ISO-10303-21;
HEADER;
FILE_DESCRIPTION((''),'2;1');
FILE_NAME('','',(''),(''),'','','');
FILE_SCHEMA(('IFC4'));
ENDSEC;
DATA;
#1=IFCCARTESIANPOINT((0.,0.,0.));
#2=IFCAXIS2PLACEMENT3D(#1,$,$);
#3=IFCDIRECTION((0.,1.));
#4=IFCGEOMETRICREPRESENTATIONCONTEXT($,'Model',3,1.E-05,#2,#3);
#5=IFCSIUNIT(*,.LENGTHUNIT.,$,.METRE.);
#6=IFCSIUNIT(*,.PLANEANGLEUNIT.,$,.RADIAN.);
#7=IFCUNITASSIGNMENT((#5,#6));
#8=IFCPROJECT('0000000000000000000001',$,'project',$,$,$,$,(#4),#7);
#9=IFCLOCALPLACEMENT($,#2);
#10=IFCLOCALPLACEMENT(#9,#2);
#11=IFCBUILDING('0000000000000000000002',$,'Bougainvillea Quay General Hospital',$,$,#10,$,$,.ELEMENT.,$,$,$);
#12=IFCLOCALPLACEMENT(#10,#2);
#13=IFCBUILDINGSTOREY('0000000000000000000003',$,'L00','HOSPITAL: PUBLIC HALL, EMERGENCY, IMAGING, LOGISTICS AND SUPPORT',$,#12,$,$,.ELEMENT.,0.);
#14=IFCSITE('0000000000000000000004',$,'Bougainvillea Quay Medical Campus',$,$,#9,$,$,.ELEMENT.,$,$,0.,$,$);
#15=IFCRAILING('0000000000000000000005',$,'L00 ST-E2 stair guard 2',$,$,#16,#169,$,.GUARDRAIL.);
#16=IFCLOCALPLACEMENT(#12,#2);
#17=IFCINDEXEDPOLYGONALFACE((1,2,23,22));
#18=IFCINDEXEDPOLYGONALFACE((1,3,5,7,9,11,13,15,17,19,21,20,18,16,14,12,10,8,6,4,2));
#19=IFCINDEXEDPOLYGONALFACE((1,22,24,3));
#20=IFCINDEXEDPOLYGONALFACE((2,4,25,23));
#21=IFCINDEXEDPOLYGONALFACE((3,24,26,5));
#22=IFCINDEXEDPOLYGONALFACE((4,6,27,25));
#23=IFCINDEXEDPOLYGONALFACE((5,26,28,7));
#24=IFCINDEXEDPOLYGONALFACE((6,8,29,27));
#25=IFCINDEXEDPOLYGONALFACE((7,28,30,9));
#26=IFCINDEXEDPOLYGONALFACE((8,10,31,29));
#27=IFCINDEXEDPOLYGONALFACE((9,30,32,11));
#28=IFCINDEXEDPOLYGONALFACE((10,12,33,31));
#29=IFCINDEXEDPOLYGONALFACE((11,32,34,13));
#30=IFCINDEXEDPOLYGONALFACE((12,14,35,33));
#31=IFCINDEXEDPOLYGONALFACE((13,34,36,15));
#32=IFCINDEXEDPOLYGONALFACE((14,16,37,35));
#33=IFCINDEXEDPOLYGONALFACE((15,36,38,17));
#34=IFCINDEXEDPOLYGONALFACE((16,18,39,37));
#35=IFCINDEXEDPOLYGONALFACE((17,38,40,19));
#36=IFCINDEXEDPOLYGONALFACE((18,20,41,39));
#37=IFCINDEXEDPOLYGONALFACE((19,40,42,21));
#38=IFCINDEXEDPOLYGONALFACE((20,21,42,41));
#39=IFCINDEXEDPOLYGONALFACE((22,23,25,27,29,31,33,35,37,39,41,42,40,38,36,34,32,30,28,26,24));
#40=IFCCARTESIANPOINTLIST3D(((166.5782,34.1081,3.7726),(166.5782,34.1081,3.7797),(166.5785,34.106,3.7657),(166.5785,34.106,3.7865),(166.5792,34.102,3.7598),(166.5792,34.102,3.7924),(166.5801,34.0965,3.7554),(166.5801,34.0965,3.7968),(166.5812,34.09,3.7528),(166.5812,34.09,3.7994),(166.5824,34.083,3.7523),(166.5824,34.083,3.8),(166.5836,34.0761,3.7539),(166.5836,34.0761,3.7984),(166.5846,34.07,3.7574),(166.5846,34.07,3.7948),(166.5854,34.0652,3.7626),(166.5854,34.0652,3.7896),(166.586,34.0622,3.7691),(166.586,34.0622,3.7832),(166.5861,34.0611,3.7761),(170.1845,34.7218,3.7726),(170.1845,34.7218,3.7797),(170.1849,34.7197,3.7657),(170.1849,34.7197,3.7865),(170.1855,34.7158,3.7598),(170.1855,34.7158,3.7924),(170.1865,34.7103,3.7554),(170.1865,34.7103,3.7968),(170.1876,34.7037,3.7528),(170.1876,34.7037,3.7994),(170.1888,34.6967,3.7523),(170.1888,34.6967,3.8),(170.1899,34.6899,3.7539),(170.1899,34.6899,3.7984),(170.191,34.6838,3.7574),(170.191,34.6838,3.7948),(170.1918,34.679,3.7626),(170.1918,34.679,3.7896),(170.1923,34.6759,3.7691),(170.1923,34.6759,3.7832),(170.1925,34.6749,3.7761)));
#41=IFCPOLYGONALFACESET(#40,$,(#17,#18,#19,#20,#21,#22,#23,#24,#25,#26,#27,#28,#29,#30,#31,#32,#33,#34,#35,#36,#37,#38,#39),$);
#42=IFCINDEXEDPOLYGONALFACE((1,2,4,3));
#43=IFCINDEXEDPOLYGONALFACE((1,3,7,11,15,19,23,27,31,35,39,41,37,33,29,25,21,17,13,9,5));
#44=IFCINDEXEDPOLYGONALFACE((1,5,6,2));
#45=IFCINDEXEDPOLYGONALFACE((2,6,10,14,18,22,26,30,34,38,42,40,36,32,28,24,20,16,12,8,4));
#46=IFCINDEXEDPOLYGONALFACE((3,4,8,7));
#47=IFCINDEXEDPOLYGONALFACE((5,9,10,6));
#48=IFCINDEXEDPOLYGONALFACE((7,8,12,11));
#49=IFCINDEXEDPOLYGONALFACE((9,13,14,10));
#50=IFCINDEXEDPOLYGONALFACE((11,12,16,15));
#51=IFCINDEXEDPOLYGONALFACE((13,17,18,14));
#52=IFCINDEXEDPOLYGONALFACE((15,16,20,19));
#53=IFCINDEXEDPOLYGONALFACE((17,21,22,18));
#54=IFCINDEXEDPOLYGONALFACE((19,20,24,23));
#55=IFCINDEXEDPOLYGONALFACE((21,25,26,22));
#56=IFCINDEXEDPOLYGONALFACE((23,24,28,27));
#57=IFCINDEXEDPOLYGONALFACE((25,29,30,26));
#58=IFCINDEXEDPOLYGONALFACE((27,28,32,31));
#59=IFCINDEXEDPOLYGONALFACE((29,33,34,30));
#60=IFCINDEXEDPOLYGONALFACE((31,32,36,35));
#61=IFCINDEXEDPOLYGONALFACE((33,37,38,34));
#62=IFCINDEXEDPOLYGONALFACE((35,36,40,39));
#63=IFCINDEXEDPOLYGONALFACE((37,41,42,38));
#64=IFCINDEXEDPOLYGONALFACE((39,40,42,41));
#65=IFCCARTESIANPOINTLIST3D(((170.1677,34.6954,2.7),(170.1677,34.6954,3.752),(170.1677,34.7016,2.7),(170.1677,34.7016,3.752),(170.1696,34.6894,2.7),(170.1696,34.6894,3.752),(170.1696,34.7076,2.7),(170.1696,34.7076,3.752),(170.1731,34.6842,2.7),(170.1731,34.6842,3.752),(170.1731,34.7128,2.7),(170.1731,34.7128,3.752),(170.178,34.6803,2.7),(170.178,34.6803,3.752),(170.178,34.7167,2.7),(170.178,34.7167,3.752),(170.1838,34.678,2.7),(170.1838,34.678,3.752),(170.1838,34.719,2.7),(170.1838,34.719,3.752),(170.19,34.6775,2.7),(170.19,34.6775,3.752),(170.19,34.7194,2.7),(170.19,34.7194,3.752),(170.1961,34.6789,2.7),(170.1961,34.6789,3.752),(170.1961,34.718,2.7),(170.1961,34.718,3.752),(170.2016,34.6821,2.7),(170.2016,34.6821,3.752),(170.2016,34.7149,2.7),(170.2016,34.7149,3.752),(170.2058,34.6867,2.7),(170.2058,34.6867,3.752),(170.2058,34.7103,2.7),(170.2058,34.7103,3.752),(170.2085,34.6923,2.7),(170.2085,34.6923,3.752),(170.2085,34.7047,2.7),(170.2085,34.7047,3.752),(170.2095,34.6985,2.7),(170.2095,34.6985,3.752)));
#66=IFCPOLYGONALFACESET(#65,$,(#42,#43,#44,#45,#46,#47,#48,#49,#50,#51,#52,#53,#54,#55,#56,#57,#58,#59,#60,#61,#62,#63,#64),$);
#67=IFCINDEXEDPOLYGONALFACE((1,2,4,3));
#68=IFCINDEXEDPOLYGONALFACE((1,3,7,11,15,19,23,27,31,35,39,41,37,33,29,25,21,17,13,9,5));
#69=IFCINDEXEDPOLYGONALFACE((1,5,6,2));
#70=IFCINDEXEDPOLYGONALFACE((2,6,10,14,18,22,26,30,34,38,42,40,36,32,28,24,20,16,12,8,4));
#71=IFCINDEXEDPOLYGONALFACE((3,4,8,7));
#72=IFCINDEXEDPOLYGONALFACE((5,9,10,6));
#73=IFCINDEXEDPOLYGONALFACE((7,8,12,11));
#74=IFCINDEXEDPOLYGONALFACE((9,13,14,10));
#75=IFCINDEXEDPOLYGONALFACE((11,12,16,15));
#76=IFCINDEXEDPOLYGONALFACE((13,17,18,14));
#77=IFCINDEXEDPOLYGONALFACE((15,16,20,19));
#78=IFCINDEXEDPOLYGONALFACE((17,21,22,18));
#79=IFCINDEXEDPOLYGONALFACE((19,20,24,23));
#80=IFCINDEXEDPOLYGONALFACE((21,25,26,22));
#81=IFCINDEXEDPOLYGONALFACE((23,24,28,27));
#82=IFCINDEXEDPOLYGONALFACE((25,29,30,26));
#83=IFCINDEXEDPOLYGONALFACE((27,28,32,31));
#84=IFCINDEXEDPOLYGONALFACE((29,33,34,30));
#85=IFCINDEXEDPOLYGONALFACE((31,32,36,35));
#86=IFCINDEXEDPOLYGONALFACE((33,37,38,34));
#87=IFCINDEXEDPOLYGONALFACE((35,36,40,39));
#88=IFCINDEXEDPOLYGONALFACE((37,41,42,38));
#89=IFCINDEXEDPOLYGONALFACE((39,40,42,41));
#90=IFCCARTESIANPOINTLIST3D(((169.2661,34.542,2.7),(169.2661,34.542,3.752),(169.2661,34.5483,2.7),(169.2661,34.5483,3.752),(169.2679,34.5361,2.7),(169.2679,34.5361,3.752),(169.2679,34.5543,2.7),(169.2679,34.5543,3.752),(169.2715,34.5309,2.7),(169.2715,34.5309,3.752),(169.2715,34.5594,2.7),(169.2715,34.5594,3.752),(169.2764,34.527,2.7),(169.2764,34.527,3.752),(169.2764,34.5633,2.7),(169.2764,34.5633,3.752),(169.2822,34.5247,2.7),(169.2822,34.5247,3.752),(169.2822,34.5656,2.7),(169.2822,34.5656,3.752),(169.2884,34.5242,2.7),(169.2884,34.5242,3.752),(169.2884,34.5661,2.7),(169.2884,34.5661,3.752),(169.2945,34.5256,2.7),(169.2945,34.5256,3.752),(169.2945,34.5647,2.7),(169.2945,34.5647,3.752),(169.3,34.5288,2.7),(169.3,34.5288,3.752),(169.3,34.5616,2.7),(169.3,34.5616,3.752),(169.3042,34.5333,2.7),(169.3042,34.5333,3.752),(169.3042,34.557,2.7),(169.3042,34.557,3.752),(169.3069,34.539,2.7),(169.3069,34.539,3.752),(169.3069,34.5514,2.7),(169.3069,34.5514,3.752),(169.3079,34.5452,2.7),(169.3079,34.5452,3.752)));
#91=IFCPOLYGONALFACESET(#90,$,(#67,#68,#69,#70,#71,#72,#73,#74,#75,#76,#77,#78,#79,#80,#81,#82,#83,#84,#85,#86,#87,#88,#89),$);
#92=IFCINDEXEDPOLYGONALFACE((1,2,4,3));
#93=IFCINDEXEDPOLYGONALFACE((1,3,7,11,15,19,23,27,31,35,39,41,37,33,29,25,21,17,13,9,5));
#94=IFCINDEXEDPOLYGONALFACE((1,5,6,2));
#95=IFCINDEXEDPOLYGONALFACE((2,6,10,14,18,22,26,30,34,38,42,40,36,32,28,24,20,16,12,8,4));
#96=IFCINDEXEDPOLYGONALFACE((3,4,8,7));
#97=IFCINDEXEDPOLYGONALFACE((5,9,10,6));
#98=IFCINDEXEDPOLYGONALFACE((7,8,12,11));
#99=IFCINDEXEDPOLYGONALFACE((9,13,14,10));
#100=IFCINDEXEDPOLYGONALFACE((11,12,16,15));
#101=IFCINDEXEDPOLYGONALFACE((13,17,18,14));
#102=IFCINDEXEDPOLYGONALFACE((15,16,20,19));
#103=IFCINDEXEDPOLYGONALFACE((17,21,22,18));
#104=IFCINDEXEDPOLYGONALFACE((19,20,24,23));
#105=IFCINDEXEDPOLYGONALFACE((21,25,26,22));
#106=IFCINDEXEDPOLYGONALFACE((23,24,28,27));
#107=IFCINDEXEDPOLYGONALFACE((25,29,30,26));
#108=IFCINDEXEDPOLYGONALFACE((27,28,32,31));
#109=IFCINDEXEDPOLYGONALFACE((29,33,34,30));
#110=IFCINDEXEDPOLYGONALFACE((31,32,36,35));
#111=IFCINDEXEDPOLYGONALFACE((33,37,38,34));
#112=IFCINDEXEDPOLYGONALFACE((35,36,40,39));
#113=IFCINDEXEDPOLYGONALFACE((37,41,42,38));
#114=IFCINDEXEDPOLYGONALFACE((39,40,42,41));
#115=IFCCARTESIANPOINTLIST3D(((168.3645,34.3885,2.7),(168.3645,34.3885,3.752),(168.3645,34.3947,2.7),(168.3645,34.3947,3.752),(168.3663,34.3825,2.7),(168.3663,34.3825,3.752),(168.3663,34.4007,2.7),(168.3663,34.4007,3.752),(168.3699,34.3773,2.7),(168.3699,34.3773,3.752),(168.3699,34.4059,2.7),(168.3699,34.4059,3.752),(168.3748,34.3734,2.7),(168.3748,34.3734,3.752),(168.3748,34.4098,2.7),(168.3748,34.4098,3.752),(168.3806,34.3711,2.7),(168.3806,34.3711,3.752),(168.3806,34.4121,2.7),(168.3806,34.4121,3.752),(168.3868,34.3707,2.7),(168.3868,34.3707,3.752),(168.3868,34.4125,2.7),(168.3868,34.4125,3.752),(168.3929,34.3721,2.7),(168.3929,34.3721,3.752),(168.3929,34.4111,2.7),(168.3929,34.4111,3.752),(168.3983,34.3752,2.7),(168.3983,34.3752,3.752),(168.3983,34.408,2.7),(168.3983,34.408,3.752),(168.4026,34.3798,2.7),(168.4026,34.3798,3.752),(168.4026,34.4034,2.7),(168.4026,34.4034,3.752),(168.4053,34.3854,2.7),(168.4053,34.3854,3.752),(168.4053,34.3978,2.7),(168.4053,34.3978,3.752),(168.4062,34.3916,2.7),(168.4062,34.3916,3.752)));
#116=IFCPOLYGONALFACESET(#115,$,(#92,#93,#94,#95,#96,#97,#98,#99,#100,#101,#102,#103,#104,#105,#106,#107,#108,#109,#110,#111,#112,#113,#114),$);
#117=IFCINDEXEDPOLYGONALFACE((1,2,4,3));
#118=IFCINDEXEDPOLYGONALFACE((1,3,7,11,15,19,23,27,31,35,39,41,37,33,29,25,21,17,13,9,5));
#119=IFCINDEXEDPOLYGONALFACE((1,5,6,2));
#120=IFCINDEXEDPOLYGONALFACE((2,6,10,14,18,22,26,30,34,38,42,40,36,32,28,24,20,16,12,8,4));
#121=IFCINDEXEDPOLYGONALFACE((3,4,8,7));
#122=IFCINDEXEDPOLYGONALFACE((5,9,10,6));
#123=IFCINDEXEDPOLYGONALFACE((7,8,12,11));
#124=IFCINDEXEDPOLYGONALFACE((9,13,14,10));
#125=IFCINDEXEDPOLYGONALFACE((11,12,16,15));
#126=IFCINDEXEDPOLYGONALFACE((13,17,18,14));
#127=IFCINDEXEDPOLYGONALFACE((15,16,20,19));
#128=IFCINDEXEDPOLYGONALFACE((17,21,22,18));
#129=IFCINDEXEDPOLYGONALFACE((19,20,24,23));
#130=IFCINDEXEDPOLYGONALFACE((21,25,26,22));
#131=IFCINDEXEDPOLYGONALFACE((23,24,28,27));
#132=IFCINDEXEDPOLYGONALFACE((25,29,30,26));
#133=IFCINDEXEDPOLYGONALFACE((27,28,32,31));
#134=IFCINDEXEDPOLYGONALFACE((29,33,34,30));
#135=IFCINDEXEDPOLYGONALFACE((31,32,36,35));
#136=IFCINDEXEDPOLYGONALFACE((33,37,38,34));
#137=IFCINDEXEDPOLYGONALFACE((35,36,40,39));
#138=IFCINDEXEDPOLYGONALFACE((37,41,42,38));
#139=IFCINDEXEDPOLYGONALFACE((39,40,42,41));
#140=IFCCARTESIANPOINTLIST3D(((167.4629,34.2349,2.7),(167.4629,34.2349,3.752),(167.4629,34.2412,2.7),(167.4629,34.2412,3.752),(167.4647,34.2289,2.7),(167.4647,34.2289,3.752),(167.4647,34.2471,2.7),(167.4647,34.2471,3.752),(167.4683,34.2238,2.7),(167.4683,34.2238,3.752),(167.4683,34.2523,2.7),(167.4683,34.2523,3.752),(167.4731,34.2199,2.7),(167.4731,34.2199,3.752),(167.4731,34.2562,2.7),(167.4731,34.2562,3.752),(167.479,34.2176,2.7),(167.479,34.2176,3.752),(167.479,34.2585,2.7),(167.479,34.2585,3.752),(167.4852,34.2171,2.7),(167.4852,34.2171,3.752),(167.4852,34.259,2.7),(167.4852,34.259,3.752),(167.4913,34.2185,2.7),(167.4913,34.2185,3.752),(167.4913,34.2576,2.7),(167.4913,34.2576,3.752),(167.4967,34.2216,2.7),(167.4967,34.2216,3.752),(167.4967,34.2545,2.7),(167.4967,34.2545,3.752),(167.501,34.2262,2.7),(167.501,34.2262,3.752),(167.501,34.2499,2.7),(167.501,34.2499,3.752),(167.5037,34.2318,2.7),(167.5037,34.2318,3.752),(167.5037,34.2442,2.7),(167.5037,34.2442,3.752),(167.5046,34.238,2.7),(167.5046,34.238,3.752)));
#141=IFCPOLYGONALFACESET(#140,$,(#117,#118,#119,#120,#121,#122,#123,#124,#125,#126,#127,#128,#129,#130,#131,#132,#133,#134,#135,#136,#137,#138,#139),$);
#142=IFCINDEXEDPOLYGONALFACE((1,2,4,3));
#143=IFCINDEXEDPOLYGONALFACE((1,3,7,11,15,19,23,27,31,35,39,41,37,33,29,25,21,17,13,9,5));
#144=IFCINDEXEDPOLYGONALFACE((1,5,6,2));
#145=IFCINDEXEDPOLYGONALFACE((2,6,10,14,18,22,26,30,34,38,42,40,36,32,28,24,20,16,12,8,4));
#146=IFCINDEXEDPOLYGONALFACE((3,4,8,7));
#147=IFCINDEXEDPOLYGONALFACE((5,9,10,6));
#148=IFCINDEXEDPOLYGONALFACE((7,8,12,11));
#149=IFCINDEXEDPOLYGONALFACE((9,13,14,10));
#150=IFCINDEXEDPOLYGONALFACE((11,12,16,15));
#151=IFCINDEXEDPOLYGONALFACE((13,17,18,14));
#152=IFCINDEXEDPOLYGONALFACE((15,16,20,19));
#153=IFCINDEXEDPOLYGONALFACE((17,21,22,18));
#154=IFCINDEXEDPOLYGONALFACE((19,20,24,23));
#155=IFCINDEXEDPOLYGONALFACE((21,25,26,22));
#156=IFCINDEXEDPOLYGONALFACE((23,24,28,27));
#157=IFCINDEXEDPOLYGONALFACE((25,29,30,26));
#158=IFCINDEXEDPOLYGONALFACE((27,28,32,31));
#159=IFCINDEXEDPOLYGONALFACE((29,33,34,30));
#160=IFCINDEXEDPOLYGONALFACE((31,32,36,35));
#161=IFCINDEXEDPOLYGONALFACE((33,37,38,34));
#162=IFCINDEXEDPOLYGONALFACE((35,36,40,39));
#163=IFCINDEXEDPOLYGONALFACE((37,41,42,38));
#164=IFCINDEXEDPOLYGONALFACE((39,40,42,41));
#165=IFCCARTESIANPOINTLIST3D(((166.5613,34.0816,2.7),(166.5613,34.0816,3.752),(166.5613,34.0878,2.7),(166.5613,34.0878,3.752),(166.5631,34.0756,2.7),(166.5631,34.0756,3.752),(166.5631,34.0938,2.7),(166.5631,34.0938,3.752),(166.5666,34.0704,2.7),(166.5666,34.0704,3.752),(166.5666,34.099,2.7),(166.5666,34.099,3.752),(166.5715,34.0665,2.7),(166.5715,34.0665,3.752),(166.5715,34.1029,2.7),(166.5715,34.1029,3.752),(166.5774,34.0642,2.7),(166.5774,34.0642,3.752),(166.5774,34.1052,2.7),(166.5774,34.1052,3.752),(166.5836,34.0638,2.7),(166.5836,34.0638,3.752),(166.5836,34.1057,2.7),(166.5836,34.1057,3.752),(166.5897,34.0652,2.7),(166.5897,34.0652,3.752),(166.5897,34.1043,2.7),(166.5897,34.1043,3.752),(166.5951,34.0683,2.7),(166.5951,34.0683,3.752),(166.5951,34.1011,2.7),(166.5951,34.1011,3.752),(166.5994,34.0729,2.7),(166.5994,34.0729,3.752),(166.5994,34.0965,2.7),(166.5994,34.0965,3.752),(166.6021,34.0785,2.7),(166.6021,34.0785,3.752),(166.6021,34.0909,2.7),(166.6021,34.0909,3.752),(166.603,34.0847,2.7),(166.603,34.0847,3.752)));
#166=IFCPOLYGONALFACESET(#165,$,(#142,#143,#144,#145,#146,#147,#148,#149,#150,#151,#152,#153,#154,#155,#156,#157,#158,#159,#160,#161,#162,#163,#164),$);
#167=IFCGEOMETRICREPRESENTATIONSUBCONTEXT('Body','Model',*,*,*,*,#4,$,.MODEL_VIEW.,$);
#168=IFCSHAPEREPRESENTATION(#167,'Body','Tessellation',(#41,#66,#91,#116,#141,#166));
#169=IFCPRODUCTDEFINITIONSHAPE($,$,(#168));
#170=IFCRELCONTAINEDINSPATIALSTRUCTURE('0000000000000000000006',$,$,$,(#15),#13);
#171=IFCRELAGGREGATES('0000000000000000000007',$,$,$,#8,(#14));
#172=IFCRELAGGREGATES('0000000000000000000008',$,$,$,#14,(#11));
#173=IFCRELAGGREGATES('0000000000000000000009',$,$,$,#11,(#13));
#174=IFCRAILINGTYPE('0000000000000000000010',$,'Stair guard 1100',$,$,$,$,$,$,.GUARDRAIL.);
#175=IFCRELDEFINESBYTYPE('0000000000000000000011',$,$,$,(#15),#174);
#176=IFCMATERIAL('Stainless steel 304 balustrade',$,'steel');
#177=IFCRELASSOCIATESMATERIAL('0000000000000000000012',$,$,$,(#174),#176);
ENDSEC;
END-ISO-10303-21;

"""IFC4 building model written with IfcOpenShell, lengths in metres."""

from ifc_helpers import new_model, si_unit, direction, frame, origin, origin_2d, place, context, subcontext, project, spatial, circle, extrude, material, type_object, element, save


model = new_model("IFC4")

# Units and contexts
model_context = context("Model", 3, precision=1e-05, world=origin(), true_north=direction((0.0, 1.0)))
body_context = subcontext(model_context, "Body", "Model", "MODEL_VIEW")
ifc_project = project(units=[si_unit("LENGTHUNIT", "METRE"), si_unit("PLANEANGLEUNIT", "RADIAN")], contexts=[model_context])

# Site, building, storey
site_placement = place(None, origin())
site = spatial("IfcSite", under=ifc_project, at=site_placement, Name="Bougainvillea Quay Medical Campus", CompositionType="ELEMENT", RefElevation=0.0)
building_placement = place(site_placement, origin())
building = spatial("IfcBuilding", under=site, at=building_placement, Name="Bougainvillea Quay General Hospital", CompositionType="ELEMENT")
storey_placement = place(building_placement, origin())
storey = spatial("IfcBuildingStorey", under=building, at=storey_placement, Name="L00", Description="HOSPITAL: PUBLIC HALL, EMERGENCY, IMAGING, LOGISTICS AND SUPPORT", CompositionType="ELEMENT", Elevation=0.0)

# Railing
ifc_material_1 = material(Name="Stainless steel 304 balustrade", Category="steel")
railing_type_1 = type_object("IfcRailingType", Name="Stair guard 1100", PredefinedType="GUARDRAIL", material=ifc_material_1)
railing_1_placement = place(storey_placement, frame((170.1885, 34.6985, 2.7)))
element("IfcRailing", 1, at=railing_1_placement, inside=storey, type_object=railing_type_1, Name="L00 ST-E2 stair guard 2", PredefinedType="GUARDRAIL", context=body_context, shape_type="SweptSolid", body=[
    extrude(circle(Radius=0.0239, at=origin_2d()), frame((0.0, 0.0, 1.0762), z_axis=(-0.985825, -0.167775, 0.0), x_axis=(0.167775, -0.985825, 0.0)), (0.0, 0.0, 1.0), 3.6582),
    extrude(circle(Radius=0.021, at=origin_2d()), origin(), (0.0, 0.0, 1.0), 1.052),
    extrude(circle(Radius=0.021, at=origin_2d()), frame((-0.9016, -0.1533, 0.0)), (0.0, 0.0, 1.0), 1.052),
    extrude(circle(Radius=0.021, at=origin_2d()), frame((-1.8032, -0.3069, 0.0)), (0.0, 0.0, 1.0), 1.052),
    extrude(circle(Radius=0.021, at=origin_2d()), frame((-2.7048, -0.4604, 0.0)), (0.0, 0.0, 1.0), 1.052),
    extrude(circle(Radius=0.021, at=origin_2d()), frame((-3.6064, -0.6138, 0.0)), (0.0, 0.0, 1.0), 1.052),
])

save(model, "model.ifc")
